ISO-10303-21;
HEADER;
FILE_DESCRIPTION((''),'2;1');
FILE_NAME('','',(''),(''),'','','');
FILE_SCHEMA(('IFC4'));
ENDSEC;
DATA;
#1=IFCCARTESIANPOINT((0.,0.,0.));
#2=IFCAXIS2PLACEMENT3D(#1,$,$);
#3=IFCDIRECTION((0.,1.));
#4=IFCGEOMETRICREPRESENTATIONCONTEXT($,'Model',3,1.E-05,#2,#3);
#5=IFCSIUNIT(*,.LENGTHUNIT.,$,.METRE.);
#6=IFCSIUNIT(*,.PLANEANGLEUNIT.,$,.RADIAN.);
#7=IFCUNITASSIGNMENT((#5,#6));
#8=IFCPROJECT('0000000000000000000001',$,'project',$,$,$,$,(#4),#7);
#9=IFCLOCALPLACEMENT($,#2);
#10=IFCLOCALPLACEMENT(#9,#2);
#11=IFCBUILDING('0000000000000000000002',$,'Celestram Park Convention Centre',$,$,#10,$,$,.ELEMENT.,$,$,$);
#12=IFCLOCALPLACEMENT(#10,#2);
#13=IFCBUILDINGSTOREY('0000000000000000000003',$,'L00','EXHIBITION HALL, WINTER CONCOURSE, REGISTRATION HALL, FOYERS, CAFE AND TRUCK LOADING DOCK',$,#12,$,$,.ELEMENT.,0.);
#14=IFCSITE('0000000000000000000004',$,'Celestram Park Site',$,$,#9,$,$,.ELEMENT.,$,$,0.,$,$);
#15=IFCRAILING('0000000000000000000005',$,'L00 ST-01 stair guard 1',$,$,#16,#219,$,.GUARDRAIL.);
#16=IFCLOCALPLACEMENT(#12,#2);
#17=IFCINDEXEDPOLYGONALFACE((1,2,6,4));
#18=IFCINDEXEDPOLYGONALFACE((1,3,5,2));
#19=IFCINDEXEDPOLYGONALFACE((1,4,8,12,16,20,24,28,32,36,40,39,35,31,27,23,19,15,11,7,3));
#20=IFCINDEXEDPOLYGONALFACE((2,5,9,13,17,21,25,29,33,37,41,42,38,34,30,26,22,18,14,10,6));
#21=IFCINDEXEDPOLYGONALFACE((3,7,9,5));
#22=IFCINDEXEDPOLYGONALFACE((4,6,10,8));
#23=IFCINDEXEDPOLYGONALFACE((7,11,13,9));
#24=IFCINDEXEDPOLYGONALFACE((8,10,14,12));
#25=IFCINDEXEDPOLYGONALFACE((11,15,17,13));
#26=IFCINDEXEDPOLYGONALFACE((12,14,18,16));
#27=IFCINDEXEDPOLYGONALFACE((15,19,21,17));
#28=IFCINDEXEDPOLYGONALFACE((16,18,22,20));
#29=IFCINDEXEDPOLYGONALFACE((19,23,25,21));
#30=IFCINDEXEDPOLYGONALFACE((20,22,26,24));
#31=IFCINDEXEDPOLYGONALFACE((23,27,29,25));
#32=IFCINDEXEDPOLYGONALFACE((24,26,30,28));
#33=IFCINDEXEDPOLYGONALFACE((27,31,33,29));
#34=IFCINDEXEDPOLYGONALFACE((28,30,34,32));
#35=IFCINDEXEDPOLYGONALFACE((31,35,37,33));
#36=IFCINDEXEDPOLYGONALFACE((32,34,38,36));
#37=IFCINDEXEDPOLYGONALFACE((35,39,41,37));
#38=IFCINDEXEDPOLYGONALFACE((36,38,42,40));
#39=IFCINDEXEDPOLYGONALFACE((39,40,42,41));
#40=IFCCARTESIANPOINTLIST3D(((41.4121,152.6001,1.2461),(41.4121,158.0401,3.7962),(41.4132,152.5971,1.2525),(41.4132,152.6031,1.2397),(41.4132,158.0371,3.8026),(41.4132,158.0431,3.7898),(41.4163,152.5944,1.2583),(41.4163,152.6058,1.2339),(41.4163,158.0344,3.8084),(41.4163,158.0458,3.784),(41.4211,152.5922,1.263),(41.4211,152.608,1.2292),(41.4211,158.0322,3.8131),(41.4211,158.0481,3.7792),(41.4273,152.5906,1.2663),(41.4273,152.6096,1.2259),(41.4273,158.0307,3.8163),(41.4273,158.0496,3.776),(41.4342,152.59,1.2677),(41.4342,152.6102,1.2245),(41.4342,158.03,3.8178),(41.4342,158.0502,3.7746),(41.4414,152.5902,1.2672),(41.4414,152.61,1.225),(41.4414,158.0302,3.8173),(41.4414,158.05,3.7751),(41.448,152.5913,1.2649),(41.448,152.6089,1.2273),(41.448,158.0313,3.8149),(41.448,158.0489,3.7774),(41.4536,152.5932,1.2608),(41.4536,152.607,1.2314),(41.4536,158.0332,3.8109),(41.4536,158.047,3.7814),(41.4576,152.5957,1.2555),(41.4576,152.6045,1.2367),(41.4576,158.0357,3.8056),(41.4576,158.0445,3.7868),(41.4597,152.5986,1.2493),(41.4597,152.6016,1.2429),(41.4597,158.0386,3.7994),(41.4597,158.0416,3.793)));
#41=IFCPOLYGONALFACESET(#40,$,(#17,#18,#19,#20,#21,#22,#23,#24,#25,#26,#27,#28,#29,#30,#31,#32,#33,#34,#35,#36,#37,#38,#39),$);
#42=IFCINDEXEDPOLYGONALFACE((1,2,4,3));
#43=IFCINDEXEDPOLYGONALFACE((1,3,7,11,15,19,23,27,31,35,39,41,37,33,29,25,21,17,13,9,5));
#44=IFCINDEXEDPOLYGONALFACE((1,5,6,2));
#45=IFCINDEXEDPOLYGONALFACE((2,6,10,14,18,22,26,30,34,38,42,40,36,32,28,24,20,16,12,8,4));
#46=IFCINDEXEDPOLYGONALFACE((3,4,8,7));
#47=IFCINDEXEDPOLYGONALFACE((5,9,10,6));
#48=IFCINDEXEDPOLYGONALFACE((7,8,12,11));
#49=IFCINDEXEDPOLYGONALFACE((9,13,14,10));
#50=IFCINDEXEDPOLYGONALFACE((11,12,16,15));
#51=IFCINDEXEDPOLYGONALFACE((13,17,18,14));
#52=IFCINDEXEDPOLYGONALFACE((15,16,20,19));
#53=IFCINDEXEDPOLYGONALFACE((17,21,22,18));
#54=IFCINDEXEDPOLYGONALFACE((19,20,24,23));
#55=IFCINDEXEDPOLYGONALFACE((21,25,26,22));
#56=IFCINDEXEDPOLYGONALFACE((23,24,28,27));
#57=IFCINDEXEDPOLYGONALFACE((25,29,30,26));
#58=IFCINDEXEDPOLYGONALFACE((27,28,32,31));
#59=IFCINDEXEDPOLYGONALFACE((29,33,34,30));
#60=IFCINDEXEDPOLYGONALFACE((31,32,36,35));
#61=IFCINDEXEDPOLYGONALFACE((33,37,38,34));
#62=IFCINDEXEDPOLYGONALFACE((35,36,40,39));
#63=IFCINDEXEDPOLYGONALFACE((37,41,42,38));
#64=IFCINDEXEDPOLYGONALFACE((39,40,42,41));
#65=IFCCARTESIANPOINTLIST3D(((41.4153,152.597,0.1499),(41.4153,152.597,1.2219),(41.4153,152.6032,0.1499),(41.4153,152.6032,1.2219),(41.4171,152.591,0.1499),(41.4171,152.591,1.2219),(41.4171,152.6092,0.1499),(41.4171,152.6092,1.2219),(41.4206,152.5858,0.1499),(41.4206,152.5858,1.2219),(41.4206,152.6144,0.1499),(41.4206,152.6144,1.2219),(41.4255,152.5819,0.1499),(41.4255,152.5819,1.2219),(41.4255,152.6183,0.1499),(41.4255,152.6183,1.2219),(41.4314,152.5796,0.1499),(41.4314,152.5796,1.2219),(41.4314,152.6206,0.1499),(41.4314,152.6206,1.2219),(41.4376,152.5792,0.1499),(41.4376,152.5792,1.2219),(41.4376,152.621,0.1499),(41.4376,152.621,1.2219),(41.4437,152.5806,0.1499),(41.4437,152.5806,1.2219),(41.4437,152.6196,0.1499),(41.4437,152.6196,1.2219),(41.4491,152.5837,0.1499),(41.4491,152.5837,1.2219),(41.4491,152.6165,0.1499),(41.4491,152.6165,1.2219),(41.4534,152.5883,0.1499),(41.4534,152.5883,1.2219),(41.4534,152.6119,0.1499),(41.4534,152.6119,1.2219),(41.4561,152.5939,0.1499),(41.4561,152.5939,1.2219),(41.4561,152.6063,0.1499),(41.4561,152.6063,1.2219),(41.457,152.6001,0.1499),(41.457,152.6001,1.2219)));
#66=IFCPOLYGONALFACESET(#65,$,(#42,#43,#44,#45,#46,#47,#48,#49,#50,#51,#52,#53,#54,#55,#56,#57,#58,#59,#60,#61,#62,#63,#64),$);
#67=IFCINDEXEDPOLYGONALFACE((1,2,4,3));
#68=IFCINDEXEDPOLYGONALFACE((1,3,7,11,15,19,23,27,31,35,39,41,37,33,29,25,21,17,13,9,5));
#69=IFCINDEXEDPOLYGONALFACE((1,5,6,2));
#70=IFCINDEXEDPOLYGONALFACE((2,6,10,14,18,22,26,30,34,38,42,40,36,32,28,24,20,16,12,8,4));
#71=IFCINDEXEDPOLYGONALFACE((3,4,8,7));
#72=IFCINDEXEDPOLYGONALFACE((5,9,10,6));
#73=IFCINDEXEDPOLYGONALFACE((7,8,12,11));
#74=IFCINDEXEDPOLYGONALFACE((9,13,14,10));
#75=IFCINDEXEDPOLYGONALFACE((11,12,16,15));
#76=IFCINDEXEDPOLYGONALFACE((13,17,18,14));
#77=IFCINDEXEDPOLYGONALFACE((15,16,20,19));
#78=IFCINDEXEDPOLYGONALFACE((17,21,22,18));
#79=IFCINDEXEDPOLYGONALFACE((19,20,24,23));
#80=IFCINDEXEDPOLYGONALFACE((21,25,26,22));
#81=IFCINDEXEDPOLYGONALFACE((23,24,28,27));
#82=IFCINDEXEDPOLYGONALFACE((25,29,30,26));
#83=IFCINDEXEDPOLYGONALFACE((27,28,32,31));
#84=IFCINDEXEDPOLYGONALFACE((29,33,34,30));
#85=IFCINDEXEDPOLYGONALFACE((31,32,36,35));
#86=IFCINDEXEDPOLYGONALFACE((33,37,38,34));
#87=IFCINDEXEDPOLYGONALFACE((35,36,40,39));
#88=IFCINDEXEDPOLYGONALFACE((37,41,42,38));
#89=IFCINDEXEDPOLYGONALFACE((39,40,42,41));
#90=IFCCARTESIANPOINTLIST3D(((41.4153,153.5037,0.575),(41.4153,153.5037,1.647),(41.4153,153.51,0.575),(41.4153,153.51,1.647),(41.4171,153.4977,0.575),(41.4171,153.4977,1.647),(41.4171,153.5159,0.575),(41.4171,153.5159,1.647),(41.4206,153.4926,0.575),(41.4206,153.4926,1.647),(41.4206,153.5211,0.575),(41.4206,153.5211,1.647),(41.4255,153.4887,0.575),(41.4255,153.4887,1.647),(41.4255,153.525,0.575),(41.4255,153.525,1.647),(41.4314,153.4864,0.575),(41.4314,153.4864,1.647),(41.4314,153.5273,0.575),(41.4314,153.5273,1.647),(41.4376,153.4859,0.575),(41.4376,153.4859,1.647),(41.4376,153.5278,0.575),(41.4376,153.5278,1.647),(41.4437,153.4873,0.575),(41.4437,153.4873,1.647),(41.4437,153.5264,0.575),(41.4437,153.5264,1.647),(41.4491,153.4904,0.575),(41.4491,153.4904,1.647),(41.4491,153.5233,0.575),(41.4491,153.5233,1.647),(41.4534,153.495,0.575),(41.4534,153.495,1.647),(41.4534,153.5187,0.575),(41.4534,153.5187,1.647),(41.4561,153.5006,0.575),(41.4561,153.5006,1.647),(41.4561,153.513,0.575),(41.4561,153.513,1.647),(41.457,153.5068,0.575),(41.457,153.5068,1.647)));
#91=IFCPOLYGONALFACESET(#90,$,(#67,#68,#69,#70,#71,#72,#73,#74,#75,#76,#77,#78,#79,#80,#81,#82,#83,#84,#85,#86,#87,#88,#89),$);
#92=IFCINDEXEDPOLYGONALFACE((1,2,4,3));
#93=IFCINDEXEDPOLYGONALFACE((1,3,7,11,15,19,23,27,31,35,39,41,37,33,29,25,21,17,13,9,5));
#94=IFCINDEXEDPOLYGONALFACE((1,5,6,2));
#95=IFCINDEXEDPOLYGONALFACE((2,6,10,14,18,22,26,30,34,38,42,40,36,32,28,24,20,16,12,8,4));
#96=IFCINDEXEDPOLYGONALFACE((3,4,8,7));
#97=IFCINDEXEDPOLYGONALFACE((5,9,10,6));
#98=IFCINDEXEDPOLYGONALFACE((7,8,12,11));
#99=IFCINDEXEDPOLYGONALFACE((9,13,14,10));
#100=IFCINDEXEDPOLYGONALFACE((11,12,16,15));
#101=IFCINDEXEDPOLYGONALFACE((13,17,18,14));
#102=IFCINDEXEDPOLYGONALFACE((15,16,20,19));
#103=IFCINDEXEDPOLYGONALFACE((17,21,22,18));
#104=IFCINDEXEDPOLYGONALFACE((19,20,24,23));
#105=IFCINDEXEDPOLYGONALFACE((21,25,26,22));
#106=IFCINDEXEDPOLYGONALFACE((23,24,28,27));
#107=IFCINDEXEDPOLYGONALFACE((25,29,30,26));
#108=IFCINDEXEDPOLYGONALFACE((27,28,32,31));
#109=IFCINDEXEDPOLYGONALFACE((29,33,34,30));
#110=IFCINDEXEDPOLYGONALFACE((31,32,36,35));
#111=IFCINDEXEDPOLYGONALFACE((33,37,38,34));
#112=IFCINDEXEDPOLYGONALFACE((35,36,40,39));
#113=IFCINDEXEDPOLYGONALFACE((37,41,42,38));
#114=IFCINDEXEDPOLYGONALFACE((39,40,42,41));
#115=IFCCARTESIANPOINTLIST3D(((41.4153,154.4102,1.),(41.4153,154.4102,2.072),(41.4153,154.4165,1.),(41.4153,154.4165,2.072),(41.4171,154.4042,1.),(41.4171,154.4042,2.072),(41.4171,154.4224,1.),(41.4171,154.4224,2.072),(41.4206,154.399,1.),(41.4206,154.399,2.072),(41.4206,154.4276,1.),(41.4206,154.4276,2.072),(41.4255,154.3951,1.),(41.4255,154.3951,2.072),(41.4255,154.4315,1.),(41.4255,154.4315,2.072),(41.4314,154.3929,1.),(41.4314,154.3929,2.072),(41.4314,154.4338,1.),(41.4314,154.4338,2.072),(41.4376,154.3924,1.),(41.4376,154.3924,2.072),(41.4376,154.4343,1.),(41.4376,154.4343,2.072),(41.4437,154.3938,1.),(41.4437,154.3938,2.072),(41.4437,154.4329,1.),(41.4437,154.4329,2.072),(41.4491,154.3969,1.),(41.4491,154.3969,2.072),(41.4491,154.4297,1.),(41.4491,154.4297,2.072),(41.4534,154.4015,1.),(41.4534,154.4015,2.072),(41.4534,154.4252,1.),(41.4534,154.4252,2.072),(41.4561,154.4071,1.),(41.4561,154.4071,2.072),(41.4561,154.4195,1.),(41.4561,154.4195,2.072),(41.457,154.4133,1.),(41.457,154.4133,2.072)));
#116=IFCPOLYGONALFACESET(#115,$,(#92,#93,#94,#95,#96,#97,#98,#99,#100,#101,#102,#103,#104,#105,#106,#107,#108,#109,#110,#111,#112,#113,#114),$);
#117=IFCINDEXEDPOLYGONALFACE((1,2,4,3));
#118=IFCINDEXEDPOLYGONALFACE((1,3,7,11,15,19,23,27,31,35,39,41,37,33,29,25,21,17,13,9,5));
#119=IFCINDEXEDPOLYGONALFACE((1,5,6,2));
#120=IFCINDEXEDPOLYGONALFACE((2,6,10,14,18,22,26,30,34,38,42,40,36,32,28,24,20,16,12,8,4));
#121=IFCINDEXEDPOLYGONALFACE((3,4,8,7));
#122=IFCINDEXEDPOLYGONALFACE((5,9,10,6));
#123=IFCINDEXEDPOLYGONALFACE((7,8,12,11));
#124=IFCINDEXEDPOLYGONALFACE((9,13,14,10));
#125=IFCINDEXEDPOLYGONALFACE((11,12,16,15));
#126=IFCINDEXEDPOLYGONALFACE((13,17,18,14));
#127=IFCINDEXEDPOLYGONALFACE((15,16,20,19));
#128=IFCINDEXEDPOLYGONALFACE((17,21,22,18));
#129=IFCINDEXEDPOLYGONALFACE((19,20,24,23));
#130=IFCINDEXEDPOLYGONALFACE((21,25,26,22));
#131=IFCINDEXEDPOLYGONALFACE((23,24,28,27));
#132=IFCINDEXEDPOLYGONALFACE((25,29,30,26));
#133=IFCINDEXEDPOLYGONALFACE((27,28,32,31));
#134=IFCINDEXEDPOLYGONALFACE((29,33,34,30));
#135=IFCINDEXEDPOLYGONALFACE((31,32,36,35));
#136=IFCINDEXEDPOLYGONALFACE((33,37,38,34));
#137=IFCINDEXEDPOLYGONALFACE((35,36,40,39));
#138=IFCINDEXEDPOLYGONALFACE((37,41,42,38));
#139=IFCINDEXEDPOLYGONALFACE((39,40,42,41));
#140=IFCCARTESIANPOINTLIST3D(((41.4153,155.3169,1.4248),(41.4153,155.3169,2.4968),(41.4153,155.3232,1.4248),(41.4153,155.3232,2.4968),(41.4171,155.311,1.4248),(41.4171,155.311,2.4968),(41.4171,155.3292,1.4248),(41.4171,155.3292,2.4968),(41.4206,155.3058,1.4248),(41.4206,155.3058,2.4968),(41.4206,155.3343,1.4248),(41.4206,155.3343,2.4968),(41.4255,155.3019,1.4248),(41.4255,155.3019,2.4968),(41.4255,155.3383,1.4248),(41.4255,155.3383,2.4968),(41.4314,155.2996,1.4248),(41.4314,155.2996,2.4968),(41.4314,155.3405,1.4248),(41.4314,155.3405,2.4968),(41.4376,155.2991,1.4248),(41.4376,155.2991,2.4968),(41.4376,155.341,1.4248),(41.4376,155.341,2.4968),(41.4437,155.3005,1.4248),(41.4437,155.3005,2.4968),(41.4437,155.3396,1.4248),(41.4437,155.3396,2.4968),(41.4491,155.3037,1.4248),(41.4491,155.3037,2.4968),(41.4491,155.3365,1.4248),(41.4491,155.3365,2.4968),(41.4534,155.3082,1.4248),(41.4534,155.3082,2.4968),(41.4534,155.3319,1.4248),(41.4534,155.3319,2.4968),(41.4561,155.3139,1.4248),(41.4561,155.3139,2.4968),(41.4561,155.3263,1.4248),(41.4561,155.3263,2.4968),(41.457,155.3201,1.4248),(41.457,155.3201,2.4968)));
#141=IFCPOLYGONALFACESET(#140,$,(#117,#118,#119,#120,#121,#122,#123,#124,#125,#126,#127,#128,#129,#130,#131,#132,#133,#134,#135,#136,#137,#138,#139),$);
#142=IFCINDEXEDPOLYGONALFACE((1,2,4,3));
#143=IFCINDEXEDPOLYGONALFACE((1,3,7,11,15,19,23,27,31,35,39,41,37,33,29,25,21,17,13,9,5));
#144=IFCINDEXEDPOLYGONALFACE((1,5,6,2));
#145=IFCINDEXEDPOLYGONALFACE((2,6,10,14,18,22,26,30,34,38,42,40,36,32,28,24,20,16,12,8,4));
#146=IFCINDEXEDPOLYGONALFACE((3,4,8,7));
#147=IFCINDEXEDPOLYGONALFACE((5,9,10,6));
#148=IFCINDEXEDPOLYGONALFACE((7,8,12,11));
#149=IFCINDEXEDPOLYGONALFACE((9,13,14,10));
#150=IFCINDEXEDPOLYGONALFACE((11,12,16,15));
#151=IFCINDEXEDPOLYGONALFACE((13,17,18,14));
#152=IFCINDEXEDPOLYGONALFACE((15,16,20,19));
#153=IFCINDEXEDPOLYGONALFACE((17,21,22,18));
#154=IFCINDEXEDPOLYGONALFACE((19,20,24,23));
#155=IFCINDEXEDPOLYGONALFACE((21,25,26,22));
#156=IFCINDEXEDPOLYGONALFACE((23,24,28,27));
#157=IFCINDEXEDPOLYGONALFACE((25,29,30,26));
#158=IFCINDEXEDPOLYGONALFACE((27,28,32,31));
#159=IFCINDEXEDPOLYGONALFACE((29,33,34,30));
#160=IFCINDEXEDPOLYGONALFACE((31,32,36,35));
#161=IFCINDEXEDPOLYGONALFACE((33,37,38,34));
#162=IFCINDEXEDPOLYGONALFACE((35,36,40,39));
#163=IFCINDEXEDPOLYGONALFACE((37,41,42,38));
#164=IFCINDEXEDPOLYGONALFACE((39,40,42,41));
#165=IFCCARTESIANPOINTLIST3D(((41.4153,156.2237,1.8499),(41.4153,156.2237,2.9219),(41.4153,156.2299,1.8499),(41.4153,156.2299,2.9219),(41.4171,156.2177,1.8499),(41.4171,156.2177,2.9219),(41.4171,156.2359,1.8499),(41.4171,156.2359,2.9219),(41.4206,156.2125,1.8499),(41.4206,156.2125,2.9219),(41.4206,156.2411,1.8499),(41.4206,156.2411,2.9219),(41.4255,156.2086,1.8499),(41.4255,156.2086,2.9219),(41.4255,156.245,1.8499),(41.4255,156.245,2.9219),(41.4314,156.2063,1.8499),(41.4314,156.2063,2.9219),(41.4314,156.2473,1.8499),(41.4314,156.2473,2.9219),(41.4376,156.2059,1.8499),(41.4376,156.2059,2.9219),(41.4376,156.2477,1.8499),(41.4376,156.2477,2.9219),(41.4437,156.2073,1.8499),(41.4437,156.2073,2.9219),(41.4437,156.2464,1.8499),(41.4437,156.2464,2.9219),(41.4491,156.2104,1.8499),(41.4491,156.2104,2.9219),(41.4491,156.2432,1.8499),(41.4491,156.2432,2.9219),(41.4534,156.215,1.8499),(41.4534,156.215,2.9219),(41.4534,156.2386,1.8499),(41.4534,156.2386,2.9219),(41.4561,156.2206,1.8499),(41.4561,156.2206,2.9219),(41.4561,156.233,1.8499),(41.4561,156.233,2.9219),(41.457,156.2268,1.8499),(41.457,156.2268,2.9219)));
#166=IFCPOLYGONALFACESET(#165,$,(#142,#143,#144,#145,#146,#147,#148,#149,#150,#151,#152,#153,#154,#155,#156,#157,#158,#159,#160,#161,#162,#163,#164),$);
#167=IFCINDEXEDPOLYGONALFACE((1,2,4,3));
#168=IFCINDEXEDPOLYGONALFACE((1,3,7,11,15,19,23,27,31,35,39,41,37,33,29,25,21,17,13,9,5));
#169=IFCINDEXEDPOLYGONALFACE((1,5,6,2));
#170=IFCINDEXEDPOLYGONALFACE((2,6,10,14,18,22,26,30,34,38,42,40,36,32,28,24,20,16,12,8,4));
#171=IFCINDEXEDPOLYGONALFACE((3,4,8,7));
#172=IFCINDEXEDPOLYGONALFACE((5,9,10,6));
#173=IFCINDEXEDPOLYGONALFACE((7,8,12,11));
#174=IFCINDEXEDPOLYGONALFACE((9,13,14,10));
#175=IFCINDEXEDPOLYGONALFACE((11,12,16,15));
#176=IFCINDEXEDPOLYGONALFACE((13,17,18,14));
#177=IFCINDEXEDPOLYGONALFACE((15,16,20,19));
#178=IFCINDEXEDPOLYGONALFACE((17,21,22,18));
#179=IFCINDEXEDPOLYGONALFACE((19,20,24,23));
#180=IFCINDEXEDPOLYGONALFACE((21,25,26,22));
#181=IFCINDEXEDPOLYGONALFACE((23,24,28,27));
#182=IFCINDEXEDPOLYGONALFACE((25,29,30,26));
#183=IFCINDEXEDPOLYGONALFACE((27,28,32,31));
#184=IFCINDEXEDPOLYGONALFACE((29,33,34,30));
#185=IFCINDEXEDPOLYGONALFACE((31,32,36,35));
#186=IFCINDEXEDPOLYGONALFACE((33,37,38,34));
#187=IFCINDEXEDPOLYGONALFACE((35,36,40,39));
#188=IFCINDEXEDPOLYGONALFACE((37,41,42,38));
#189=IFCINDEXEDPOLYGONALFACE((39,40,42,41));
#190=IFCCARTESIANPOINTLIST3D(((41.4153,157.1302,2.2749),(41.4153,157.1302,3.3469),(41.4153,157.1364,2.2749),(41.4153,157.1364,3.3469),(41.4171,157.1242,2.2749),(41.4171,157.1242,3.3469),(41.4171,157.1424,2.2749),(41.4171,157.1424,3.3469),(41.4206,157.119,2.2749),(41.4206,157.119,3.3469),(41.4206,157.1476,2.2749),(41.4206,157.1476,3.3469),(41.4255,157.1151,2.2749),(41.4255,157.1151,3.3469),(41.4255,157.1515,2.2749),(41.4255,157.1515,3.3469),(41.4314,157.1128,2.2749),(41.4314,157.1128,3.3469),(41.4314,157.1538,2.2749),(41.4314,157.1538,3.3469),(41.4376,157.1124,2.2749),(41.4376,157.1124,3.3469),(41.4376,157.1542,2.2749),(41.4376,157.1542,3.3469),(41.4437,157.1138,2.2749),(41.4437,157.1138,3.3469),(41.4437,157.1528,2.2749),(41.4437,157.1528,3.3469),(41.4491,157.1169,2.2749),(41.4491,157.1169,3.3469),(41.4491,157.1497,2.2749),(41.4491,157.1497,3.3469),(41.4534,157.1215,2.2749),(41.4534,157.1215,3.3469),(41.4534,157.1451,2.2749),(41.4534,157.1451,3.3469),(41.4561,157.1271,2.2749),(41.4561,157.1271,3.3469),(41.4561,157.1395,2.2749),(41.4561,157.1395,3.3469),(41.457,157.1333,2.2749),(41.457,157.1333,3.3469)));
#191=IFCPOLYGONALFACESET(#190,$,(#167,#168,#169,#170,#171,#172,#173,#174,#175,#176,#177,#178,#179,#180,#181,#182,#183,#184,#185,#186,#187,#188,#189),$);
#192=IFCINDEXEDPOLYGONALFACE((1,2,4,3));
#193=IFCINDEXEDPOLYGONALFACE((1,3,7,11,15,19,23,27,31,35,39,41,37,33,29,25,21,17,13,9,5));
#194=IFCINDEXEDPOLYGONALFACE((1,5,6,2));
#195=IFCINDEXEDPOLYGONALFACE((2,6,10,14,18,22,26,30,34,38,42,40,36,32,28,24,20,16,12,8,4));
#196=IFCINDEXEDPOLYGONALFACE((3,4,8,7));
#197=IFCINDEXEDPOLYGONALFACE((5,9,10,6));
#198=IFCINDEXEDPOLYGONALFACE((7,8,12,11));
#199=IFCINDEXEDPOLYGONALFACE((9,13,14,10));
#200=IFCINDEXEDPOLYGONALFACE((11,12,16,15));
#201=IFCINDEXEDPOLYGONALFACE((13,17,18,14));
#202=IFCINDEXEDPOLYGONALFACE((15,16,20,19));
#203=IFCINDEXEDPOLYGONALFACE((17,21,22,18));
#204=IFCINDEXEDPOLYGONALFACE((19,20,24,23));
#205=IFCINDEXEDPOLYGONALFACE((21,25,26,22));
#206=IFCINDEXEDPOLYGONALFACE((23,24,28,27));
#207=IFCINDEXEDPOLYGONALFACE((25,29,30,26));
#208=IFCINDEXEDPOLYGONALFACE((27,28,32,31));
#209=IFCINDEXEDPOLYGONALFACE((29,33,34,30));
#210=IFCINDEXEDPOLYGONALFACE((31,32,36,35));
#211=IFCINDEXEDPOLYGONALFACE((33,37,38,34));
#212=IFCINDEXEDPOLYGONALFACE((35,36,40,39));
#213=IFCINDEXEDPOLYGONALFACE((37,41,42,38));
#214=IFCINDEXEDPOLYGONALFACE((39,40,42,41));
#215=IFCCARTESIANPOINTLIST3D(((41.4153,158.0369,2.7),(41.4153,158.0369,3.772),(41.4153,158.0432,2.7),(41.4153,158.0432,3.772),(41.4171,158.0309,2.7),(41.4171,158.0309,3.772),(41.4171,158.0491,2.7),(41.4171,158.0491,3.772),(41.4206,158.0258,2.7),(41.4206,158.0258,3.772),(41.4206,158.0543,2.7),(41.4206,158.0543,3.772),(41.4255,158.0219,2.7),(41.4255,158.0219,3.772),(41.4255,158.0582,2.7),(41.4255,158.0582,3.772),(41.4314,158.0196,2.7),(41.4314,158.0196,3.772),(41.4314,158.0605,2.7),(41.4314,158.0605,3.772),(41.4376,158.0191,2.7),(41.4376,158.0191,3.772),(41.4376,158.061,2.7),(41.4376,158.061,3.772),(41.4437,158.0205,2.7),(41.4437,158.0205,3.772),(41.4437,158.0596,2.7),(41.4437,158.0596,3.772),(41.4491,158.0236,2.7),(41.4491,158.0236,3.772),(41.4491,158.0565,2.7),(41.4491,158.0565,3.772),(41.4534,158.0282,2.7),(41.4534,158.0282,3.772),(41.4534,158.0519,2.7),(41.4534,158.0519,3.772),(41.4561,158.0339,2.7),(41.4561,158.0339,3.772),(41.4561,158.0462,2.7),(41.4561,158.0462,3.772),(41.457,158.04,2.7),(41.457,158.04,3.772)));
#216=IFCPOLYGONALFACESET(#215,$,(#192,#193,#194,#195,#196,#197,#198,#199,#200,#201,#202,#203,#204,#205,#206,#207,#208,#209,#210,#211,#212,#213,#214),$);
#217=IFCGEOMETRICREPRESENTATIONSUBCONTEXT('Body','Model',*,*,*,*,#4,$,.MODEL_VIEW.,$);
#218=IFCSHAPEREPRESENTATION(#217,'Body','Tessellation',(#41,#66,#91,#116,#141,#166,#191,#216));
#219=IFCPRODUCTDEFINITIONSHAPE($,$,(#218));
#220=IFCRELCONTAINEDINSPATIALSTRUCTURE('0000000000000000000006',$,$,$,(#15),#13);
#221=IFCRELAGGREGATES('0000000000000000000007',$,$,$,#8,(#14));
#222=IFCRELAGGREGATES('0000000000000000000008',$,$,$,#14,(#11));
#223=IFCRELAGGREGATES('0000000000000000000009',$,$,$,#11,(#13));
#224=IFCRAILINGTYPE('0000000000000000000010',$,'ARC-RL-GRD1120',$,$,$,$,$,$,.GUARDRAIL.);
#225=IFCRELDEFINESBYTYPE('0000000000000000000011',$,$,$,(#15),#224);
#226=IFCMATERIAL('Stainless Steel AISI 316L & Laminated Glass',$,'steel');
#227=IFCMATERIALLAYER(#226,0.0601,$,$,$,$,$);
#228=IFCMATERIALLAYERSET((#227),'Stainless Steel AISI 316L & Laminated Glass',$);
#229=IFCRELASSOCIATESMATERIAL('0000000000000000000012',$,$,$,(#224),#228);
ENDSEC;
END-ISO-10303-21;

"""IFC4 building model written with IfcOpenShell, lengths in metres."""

from ifc_helpers import new_model, si_unit, direction, frame, origin, origin_2d, place, context, subcontext, project, spatial, circle, extrude, material, layer, layer_set, type_object, element, save


model = new_model("IFC4")

# Units and contexts
model_context = context("Model", 3, precision=1e-05, world=origin(), true_north=direction((0.0, 1.0)))
body_context = subcontext(model_context, "Body", "Model", "MODEL_VIEW")
ifc_project = project(units=[si_unit("LENGTHUNIT", "METRE"), si_unit("PLANEANGLEUNIT", "RADIAN")], contexts=[model_context])

# Site, building, storey
site_placement = place(None, origin())
site = spatial("IfcSite", under=ifc_project, at=site_placement, Name="Celestram Park Site", CompositionType="ELEMENT", RefElevation=0.0)
building_placement = place(site_placement, origin())
building = spatial("IfcBuilding", under=site, at=building_placement, Name="Celestram Park Convention Centre", CompositionType="ELEMENT")
storey_placement = place(building_placement, origin())
storey = spatial("IfcBuildingStorey", under=building, at=storey_placement, Name="L00", Description="EXHIBITION HALL, WINTER CONCOURSE, REGISTRATION HALL, FOYERS, CAFE AND TRUCK LOADING DOCK", CompositionType="ELEMENT", Elevation=0.0)

# Railing
ifc_material_1 = material(Name="Stainless Steel AISI 316L & Laminated Glass", Category="steel")
ifc_layer_1 = layer(ifc_material_1, 0.0601)
ifc_layer_set_1 = layer_set([ifc_layer_1], Name="Stainless Steel AISI 316L & Laminated Glass")
railing_type_1 = type_object("IfcRailingType", Name="ARC-RL-GRD1120", PredefinedType="GUARDRAIL", material=ifc_layer_set_1)
railing_1_placement = place(storey_placement, frame((41.436, 152.6001, 0.1499)))
element("IfcRailing", 1, at=railing_1_placement, inside=storey, type_object=railing_type_1, Name="L00 ST-01 stair guard 1", PredefinedType="GUARDRAIL", context=body_context, shape_type="SweptSolid", body=[
    extrude(circle(Radius=0.0239, at=origin_2d()), frame((0.0, 0.0, 1.0962), z_axis=(0.0, 0.905454, 0.424444), x_axis=(-1.0, 0.0, 0.0)), (0.0, 0.0, 1.0), 6.0081),
    extrude(circle(Radius=0.021, at=origin_2d()), origin(), (0.0, 0.0, 1.0), 1.072),
    extrude(circle(Radius=0.021, at=origin_2d()), frame((0.0, 0.9067, 0.425)), (0.0, 0.0, 1.0), 1.072),
    extrude(circle(Radius=0.021, at=origin_2d()), frame((0.0, 1.8132, 0.8501)), (0.0, 0.0, 1.0), 1.072),
    extrude(circle(Radius=0.021, at=origin_2d()), frame((0.0, 2.72, 1.2749)), (0.0, 0.0, 1.0), 1.072),
    extrude(circle(Radius=0.021, at=origin_2d()), frame((0.0, 3.6267, 1.7)), (0.0, 0.0, 1.0), 1.072),
    extrude(circle(Radius=0.021, at=origin_2d()), frame((0.0, 4.5332, 2.125)), (0.0, 0.0, 1.0), 1.072),
    extrude(circle(Radius=0.021, at=origin_2d()), frame((0.0, 5.4399, 2.55)), (0.0, 0.0, 1.0), 1.072),
])

save(model, "model.ifc")
